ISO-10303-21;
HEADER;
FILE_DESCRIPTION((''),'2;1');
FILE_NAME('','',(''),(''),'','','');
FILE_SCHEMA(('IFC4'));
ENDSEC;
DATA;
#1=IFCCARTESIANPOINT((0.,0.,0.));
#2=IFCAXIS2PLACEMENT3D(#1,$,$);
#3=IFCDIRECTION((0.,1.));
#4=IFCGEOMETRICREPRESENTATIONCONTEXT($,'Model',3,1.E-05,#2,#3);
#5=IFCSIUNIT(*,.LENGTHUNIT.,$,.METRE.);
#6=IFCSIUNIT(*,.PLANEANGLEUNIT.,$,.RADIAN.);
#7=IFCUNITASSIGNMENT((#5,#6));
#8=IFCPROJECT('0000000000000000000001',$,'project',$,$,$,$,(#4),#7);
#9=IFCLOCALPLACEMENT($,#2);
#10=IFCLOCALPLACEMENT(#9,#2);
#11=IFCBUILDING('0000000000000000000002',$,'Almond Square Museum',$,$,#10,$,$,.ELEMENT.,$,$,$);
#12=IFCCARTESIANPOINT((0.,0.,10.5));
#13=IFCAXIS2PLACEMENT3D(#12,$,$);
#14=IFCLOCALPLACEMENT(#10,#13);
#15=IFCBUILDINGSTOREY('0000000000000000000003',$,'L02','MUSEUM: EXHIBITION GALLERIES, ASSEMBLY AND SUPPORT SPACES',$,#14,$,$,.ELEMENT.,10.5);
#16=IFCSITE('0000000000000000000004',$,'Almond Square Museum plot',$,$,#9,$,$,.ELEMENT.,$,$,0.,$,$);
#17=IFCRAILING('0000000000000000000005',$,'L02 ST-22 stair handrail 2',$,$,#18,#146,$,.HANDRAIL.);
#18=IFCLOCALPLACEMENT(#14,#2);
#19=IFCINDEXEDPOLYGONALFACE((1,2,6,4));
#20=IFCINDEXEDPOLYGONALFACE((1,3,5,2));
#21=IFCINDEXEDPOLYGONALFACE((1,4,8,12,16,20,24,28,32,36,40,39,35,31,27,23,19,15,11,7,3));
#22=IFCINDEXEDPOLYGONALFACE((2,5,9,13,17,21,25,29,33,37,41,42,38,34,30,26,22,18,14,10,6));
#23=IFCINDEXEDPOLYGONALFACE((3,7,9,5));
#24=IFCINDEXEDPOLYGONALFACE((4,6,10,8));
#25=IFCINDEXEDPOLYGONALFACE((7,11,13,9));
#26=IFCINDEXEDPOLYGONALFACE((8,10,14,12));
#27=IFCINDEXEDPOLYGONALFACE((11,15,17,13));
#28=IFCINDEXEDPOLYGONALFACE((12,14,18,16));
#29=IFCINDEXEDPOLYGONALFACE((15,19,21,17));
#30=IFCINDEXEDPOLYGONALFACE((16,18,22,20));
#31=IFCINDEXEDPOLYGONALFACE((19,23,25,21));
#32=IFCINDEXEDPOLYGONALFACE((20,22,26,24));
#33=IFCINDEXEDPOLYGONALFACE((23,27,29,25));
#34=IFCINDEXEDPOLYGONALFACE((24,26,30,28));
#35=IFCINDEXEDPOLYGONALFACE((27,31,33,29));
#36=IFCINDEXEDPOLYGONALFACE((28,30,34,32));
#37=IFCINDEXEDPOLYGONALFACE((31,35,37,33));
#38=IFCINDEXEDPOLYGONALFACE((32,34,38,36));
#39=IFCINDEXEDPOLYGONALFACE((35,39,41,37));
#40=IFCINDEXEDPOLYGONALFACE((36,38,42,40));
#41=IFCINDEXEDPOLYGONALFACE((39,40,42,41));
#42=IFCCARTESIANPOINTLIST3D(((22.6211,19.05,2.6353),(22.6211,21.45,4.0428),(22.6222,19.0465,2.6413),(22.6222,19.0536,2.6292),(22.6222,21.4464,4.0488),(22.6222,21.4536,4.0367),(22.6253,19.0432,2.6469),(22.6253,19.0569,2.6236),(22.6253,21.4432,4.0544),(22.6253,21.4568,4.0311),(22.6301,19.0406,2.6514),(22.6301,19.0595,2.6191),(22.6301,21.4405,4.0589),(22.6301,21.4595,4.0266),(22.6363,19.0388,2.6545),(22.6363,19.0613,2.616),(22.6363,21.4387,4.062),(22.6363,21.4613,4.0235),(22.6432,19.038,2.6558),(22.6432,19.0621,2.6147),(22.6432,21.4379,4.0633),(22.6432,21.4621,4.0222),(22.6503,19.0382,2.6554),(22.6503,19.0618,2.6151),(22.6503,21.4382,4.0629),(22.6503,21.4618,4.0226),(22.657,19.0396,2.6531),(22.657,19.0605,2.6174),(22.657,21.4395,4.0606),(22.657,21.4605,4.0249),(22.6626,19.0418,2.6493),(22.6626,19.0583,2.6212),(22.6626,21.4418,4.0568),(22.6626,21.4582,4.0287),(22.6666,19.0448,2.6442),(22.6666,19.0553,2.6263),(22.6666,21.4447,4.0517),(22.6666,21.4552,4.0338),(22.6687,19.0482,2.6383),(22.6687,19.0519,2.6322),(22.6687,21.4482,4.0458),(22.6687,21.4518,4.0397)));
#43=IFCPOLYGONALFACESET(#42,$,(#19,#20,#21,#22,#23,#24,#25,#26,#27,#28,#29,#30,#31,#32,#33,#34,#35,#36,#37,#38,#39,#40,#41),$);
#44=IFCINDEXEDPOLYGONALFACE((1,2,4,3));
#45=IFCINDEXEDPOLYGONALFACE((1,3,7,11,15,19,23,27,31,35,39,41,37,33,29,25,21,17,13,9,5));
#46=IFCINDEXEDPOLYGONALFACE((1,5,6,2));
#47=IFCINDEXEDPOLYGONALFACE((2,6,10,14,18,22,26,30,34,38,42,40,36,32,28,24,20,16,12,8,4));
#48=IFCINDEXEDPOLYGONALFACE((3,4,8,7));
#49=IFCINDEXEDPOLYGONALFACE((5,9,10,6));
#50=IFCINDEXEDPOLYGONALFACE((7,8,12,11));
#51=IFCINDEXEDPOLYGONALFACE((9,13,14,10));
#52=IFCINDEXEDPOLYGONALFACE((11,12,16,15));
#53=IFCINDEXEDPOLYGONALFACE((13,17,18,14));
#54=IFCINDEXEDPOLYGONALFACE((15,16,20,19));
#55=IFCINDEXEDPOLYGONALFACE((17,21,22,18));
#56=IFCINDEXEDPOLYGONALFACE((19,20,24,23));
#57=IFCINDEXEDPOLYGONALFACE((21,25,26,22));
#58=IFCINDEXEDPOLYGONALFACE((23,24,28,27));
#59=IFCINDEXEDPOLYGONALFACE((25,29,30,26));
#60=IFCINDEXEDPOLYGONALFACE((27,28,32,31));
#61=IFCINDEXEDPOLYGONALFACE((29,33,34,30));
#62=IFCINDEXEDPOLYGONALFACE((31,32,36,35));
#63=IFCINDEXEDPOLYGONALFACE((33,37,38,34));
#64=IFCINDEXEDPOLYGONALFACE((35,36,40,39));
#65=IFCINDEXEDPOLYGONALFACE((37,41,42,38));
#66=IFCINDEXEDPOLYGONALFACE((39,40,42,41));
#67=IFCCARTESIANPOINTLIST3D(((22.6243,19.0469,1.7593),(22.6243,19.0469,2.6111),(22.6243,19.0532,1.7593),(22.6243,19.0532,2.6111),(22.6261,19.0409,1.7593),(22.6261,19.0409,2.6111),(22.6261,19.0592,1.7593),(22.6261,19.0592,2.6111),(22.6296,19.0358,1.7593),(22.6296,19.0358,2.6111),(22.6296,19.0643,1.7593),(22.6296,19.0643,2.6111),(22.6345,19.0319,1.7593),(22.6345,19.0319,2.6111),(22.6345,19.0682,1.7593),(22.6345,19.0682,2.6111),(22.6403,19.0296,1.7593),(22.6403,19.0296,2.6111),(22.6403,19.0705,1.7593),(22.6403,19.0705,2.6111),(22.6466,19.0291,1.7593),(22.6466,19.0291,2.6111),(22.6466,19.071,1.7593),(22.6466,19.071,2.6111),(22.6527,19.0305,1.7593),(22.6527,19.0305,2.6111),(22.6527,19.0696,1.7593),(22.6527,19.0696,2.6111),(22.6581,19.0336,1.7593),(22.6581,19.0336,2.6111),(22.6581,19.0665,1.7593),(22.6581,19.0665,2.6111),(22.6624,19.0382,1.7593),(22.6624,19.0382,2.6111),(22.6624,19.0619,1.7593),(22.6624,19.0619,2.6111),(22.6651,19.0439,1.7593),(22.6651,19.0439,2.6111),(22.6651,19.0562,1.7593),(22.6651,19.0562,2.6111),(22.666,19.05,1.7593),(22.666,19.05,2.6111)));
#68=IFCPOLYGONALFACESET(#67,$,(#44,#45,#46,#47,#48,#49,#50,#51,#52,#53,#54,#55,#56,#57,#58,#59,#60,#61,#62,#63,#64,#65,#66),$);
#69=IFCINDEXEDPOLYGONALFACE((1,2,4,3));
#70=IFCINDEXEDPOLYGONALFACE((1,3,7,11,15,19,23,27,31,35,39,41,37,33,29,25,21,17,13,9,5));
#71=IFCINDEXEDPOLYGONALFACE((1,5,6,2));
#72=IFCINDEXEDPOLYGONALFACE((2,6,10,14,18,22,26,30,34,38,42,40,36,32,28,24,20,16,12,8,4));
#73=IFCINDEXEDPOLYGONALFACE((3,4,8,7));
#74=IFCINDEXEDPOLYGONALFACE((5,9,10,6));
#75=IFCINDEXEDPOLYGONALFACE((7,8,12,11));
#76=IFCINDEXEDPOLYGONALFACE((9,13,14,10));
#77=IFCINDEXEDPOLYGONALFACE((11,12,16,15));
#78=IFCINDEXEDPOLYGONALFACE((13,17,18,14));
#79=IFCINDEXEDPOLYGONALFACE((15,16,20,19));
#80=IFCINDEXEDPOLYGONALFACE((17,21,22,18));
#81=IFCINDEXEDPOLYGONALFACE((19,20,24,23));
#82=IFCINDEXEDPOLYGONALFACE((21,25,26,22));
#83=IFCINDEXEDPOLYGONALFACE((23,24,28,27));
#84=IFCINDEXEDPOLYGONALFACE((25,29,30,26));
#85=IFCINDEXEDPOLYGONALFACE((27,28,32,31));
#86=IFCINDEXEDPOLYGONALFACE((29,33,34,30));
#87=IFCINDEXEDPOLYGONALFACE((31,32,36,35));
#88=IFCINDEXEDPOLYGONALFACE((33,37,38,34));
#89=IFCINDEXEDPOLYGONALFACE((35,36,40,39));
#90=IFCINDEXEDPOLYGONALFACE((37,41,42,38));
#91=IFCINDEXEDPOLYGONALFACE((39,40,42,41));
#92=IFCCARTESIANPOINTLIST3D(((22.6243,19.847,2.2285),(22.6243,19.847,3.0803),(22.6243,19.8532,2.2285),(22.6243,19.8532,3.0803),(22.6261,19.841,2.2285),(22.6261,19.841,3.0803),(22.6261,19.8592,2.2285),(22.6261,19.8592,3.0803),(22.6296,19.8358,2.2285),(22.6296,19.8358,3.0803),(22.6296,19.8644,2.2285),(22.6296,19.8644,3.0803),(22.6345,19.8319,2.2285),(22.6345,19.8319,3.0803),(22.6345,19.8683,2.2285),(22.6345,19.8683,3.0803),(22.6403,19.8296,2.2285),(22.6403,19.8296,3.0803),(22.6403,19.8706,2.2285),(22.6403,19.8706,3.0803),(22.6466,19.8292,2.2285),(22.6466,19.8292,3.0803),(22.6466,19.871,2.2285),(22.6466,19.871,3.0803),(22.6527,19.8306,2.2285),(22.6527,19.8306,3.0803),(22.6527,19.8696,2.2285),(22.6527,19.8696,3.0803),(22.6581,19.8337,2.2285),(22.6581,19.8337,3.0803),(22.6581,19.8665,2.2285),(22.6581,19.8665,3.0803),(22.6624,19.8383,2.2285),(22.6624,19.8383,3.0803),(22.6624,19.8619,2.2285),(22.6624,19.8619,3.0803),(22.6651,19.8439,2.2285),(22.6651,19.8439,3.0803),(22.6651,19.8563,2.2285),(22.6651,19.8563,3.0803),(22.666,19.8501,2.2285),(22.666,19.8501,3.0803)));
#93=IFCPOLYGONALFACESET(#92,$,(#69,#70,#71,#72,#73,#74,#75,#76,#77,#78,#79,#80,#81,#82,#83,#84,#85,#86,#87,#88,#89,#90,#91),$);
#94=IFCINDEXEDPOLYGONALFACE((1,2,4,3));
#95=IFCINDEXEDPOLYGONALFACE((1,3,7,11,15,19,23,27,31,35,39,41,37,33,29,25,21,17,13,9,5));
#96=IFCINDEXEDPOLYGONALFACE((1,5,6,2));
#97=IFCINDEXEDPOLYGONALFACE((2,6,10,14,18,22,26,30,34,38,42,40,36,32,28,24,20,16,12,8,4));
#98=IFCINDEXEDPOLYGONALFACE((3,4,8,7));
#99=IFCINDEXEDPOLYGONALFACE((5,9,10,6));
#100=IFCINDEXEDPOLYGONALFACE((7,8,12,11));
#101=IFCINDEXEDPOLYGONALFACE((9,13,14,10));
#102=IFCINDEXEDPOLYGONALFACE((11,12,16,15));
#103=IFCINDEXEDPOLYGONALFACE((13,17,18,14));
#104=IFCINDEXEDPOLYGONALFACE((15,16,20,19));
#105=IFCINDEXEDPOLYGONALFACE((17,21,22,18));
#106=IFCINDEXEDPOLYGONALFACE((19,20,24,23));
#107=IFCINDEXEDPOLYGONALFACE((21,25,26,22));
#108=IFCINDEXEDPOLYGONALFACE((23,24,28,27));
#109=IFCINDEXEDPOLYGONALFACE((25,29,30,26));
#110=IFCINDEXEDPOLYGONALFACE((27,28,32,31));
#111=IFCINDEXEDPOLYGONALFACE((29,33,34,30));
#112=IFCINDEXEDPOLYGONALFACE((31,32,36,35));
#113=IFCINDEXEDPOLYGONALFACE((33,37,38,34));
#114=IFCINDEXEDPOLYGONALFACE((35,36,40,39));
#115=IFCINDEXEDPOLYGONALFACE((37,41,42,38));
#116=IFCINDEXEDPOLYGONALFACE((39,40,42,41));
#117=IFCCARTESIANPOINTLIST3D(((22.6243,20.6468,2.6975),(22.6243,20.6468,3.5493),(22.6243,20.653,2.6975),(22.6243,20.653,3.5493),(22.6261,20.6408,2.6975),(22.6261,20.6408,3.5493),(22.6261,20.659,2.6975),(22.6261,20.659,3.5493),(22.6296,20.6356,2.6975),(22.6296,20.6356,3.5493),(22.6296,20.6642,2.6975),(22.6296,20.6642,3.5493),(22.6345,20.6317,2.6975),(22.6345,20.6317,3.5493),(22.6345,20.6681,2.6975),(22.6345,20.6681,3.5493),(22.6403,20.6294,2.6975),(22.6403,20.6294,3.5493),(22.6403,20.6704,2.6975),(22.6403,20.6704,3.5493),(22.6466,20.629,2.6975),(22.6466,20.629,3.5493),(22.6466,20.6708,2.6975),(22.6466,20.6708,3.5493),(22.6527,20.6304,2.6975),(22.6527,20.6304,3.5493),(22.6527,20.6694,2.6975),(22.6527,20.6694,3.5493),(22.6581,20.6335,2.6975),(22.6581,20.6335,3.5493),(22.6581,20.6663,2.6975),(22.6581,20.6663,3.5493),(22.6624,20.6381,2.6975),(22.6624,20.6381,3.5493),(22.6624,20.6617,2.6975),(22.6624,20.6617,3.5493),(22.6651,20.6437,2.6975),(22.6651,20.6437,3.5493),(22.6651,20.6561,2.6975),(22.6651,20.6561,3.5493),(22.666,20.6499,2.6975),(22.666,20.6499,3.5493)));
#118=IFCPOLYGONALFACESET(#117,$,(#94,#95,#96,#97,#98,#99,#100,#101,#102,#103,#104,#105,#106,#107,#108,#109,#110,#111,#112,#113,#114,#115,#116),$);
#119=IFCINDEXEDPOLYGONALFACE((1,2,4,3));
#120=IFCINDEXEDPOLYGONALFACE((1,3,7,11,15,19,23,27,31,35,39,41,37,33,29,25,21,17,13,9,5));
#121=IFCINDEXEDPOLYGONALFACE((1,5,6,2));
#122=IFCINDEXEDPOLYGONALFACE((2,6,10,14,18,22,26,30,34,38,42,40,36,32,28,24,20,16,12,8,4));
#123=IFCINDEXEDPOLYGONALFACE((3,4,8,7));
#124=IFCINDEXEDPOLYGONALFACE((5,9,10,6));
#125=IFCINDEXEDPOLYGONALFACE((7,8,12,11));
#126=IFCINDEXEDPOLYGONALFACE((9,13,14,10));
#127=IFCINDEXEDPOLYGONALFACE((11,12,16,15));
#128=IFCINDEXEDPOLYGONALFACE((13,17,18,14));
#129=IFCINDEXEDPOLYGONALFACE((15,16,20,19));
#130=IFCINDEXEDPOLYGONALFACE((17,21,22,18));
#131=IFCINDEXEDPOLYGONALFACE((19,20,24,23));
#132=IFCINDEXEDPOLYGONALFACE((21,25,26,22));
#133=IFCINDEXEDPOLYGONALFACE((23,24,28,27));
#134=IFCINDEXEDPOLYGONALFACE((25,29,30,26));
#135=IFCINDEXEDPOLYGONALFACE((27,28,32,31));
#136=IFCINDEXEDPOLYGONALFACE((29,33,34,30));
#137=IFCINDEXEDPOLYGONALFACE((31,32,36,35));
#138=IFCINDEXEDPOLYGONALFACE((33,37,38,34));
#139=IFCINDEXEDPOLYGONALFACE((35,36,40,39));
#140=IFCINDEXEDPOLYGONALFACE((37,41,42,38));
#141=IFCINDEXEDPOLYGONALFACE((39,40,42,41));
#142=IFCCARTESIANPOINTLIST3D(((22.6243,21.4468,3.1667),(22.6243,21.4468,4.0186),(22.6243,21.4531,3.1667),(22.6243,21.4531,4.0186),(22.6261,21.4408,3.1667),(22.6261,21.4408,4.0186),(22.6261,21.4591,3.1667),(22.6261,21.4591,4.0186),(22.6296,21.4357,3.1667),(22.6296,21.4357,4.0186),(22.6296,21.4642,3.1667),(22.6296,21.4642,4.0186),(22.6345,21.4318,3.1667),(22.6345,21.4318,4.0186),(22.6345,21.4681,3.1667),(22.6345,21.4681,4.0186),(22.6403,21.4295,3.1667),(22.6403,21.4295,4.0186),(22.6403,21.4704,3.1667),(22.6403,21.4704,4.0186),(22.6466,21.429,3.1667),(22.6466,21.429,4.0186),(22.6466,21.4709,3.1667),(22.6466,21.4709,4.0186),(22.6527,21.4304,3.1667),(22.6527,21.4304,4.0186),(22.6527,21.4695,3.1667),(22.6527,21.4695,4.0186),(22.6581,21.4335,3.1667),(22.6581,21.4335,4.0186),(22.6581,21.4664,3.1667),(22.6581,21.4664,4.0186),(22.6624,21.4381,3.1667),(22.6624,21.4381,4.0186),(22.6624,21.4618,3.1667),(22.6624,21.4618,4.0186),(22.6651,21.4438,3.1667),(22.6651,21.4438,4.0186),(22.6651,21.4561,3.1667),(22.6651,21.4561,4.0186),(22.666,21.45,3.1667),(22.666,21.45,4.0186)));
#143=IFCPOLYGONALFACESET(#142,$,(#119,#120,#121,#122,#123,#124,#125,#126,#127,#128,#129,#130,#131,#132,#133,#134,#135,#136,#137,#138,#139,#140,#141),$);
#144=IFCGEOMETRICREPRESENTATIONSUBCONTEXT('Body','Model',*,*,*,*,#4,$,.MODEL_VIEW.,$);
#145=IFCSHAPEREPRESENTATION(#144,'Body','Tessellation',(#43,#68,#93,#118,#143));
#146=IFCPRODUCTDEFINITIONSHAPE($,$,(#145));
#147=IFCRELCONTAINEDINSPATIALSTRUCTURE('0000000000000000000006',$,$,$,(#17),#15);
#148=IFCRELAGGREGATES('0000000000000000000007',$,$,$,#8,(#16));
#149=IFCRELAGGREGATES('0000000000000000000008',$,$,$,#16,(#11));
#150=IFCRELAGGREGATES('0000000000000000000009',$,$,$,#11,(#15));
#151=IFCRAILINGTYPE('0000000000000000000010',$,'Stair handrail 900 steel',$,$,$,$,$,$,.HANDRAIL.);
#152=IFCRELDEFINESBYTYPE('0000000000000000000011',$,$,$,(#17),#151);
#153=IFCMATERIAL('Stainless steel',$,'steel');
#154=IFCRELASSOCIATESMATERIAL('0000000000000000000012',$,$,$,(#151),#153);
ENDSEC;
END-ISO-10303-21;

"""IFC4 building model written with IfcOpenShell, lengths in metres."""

from ifc_helpers import new_model, si_unit, direction, frame, origin, origin_2d, place, context, subcontext, project, spatial, circle, extrude, material, type_object, element, save


model = new_model("IFC4")

# Units and contexts
model_context = context("Model", 3, precision=1e-05, world=origin(), true_north=direction((0.0, 1.0)))
body_context = subcontext(model_context, "Body", "Model", "MODEL_VIEW")
ifc_project = project(units=[si_unit("LENGTHUNIT", "METRE"), si_unit("PLANEANGLEUNIT", "RADIAN")], contexts=[model_context])

# Site, building, storey
site_placement = place(None, origin())
site = spatial("IfcSite", under=ifc_project, at=site_placement, Name="Almond Square Museum plot", CompositionType="ELEMENT", RefElevation=0.0)
building_placement = place(site_placement, origin())
building = spatial("IfcBuilding", under=site, at=building_placement, Name="Almond Square Museum", CompositionType="ELEMENT")
storey_placement = place(building_placement, frame((0.0, 0.0, 10.5)))
storey = spatial("IfcBuildingStorey", under=building, at=storey_placement, Name="L02", Description="MUSEUM: EXHIBITION GALLERIES, ASSEMBLY AND SUPPORT SPACES", CompositionType="ELEMENT", Elevation=10.5)

# Railing
ifc_material_1 = material(Name="Stainless steel", Category="steel")
railing_type_1 = type_object("IfcRailingType", Name="Stair handrail 900 steel", PredefinedType="HANDRAIL", material=ifc_material_1)
railing_1_placement = place(storey_placement, frame((22.645, 19.05, 1.7593)))
element("IfcRailing", 1, at=railing_1_placement, inside=storey, type_object=railing_type_1, Name="L02 ST-22 stair handrail 2", PredefinedType="HANDRAIL", context=body_context, shape_type="SweptSolid", body=[
    extrude(circle(Radius=0.0239, at=origin_2d()), frame((0.0, 0.0, 0.876), z_axis=(0.0, 0.862599, 0.505888), x_axis=(-1.0, 0.0, 0.0)), (0.0, 0.0, 1.0), 2.7822),
    extrude(circle(Radius=0.021, at=origin_2d()), origin(), (0.0, 0.0, 1.0), 0.8518),
    extrude(circle(Radius=0.021, at=origin_2d()), frame((0.0, 0.8, 0.4692)), (0.0, 0.0, 1.0), 0.8518),
    extrude(circle(Radius=0.021, at=origin_2d()), frame((0.0, 1.5999, 0.9382)), (0.0, 0.0, 1.0), 0.8518),
    extrude(circle(Radius=0.021, at=origin_2d()), frame((0.0, 2.3999, 1.4075)), (0.0, 0.0, 1.0), 0.8518),
])

save(model, "model.ifc")
